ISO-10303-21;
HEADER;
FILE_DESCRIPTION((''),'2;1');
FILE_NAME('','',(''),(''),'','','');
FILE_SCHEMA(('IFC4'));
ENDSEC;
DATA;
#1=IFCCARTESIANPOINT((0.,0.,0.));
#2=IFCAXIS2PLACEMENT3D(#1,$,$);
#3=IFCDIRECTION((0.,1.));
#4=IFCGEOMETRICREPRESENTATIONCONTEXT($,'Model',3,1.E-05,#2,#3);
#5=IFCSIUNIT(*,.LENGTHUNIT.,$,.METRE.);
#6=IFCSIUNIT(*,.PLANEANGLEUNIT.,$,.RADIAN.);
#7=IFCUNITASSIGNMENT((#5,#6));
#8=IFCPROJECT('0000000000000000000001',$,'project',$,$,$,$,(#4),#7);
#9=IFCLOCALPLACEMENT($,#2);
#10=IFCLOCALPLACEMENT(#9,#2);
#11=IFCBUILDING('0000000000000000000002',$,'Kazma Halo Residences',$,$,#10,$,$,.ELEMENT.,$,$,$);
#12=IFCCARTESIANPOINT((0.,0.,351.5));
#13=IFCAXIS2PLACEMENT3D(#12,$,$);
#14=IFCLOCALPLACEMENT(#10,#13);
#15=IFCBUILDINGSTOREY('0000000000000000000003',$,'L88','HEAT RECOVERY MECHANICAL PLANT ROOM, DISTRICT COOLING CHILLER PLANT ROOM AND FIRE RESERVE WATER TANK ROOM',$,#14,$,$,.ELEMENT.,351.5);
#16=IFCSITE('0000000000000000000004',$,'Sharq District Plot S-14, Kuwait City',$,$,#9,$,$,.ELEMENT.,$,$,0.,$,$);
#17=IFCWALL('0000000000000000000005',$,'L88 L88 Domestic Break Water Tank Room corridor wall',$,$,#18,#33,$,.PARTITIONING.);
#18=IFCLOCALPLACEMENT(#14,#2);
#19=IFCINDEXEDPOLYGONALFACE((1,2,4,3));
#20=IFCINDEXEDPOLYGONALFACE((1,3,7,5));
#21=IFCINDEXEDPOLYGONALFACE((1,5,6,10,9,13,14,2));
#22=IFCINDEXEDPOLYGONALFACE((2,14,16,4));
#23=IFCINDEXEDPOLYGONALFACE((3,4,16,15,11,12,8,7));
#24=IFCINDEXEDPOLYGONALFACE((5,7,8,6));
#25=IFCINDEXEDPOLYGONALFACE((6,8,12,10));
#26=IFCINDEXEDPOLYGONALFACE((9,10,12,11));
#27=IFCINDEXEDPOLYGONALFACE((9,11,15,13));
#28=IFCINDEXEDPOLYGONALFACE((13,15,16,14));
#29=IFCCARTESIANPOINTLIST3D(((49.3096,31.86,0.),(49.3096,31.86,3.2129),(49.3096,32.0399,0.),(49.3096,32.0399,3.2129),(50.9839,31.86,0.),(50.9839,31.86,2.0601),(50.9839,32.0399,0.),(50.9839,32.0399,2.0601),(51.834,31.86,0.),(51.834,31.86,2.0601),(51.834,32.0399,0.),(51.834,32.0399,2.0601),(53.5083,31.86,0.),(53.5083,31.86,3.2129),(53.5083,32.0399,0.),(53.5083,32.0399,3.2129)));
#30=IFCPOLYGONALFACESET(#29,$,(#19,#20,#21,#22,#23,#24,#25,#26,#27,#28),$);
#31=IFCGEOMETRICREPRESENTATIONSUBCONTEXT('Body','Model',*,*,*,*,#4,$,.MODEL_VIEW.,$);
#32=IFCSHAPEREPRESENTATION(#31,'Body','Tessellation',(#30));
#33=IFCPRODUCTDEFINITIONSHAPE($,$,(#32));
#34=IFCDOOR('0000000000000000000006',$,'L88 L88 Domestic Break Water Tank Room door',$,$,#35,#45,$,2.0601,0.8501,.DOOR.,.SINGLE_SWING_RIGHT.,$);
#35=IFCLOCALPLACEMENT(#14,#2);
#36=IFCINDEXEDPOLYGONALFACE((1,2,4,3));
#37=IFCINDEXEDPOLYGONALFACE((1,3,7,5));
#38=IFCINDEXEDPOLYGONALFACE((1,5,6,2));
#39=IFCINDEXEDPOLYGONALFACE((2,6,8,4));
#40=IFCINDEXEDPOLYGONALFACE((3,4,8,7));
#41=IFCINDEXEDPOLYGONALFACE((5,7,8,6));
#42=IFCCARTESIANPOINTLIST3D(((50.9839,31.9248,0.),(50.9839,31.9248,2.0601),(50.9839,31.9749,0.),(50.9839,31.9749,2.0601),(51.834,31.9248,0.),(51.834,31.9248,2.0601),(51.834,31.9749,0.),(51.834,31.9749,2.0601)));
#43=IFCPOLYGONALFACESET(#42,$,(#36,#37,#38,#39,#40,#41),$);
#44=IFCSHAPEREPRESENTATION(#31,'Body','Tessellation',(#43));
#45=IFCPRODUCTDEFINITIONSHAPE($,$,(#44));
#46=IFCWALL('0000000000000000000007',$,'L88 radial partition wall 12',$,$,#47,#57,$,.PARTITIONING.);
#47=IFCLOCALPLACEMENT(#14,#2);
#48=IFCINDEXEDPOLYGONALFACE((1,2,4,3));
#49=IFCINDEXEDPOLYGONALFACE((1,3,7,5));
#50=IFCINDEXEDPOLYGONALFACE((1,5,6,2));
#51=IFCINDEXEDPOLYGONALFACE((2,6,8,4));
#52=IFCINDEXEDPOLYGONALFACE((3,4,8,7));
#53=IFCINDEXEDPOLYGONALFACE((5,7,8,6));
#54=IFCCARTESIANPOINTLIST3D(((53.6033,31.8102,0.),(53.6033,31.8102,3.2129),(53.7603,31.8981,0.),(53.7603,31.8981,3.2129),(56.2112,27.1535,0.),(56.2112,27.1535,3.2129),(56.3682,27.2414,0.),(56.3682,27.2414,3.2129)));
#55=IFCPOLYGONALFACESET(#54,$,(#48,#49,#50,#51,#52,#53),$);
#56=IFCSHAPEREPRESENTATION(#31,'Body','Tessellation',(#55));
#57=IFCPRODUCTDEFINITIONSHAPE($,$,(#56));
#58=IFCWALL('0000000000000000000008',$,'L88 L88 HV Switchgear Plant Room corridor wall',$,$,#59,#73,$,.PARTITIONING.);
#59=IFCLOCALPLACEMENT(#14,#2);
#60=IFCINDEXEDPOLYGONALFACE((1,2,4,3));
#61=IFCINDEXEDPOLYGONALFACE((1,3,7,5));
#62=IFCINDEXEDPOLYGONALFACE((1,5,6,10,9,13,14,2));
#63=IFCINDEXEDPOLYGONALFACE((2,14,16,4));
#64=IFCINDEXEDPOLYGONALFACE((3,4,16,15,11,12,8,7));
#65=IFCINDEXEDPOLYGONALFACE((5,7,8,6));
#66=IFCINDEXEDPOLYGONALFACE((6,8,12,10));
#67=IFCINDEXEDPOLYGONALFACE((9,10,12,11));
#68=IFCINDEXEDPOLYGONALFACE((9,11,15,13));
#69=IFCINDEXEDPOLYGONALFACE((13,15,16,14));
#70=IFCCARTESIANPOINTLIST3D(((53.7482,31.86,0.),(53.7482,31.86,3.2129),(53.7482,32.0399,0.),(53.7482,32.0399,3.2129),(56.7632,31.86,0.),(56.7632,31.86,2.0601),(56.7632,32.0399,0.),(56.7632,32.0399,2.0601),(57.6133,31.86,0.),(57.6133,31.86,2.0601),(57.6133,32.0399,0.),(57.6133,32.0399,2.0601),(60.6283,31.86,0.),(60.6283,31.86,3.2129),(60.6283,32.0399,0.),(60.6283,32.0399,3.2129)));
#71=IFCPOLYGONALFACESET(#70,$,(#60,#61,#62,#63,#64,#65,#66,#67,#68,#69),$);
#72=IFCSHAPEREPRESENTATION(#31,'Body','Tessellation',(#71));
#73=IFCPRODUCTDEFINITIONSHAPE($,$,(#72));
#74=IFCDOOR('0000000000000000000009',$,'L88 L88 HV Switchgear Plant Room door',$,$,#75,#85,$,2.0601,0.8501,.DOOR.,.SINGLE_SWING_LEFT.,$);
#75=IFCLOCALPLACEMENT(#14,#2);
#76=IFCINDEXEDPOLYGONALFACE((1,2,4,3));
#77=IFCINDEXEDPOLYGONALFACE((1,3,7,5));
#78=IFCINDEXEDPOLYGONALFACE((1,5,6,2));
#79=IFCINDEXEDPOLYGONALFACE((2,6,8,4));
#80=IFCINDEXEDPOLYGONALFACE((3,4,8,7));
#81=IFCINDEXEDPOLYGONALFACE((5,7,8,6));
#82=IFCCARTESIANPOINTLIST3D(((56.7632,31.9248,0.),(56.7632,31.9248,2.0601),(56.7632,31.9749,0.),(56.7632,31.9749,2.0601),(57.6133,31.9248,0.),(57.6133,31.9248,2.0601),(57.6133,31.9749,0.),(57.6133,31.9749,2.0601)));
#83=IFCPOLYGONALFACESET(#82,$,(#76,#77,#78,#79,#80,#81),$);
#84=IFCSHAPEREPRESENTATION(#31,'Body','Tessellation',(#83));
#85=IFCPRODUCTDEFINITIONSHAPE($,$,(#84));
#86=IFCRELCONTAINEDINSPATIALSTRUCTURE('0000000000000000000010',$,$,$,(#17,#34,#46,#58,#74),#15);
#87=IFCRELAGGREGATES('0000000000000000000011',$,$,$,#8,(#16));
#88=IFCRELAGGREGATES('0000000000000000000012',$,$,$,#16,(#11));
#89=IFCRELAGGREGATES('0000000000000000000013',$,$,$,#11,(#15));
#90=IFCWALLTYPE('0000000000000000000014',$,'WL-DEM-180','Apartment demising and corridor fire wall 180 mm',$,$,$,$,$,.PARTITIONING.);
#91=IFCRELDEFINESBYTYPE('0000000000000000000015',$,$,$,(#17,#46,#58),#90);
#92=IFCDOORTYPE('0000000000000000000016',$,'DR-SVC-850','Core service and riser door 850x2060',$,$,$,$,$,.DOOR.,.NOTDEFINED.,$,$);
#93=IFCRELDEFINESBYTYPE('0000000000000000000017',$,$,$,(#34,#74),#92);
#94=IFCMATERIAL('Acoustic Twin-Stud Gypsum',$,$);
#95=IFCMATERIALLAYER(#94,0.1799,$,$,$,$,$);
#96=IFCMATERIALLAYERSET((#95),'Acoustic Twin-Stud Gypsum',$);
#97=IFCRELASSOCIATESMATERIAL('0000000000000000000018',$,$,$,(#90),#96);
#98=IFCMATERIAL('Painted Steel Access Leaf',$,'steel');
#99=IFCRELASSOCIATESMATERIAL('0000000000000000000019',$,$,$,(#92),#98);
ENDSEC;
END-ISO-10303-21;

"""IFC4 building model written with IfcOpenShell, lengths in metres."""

from ifc_helpers import new_model, si_unit, direction, frame, frame_2d, origin, place, context, subcontext, project, spatial, rectangle, extrude, material, layer, layer_set, type_object, element, fill, save


model = new_model("IFC4")

# Units and contexts
model_context = context("Model", 3, precision=1e-05, world=origin(), true_north=direction((0.0, 1.0)))
body_context = subcontext(model_context, "Body", "Model", "MODEL_VIEW")
ifc_project = project(units=[si_unit("LENGTHUNIT", "METRE"), si_unit("PLANEANGLEUNIT", "RADIAN")], contexts=[model_context])

# Site, building, storey
site_placement = place(None, origin())
site = spatial("IfcSite", under=ifc_project, at=site_placement, Name="Sharq District Plot S-14, Kuwait City", CompositionType="ELEMENT", RefElevation=0.0)
building_placement = place(site_placement, origin())
building = spatial("IfcBuilding", under=site, at=building_placement, Name="Kazma Halo Residences", CompositionType="ELEMENT")
storey_placement = place(building_placement, frame((0.0, 0.0, 351.5)))
storey = spatial("IfcBuildingStorey", under=building, at=storey_placement, Name="L88", Description="HEAT RECOVERY MECHANICAL PLANT ROOM, DISTRICT COOLING CHILLER PLANT ROOM AND FIRE RESERVE WATER TANK ROOM", CompositionType="ELEMENT", Elevation=351.5)

# Shared definitions
ifc_material_1 = material(Name="Acoustic Twin-Stud Gypsum")
ifc_layer_1 = layer(ifc_material_1, 0.1799)
ifc_layer_set_1 = layer_set([ifc_layer_1], Name="Acoustic Twin-Stud Gypsum")
wall_type_1 = type_object("IfcWallType", Name="WL-DEM-180", Description="Apartment demising and corridor fire wall 180 mm", PredefinedType="PARTITIONING", material=ifc_layer_set_1)

# Wall, opening, door
wall_1_placement = place(storey_placement, frame((49.3096, 31.95, 0.0), z_axis=(0.0, 0.0, 1.0), x_axis=(1.0, 0.0, 0.0)))
wall_1 = element("IfcWall", 1, at=wall_1_placement, inside=storey, type_object=wall_type_1, Name="L88 L88 Domestic Break Water Tank Room corridor wall", PredefinedType="PARTITIONING", context=body_context, shape_type="SweptSolid", body=[
    extrude(rectangle(XDim=4.1987, YDim=0.1799, at=frame_2d((2.0994, 0.0))), origin(), (0.0, 0.0, 1.0), 3.2129),
])
opening_1_placement = place(wall_1_placement, frame((1.6743, 0.0, 0.0)))
opening_1 = element("IfcOpeningElement", 2, at=opening_1_placement, cuts=wall_1, PredefinedType="OPENING", context=body_context, shape_type="SweptSolid", body=[
    extrude(rectangle(XDim=0.8501, YDim=2.0601, at=frame_2d((0.425, 1.03))), frame((0.0, 0.0999, 0.0), z_axis=(0.0, -1.0, 0.0), x_axis=(1.0, 0.0, 0.0)), (0.0, 0.0, 1.0), 0.2),
])
ifc_material_2 = material(Name="Painted Steel Access Leaf", Category="steel")
door_type = type_object("IfcDoorType", Name="DR-SVC-850", Description="Core service and riser door 850x2060", OperationType="NOTDEFINED", PredefinedType="DOOR", material=ifc_material_2)
door_1_placement = place(opening_1_placement, origin())
door_1 = element("IfcDoor", 3, at=door_1_placement, inside=storey, type_object=door_type, Name="L88 L88 Domestic Break Water Tank Room door", OperationType="SINGLE_SWING_RIGHT", OverallHeight=2.0601, OverallWidth=0.8501, PredefinedType="DOOR", context=body_context, shape_type="SweptSolid", body=[
    extrude(rectangle(XDim=0.8501, YDim=2.0601, at=frame_2d((0.425, 1.03))), frame((0.0, 0.0249, 0.0), z_axis=(0.0, -1.0, 0.0), x_axis=(1.0, 0.0, 0.0)), (0.0, 0.0, 1.0), 0.05),
])
fill(opening_1, door_1)

# Wall
wall_2_placement = place(storey_placement, frame((53.6819, 31.854, 0.0), z_axis=(0.0, 0.0, 1.0), x_axis=(0.488623, -0.872495, 0.0)))
element("IfcWall", 4, at=wall_2_placement, inside=storey, type_object=wall_type_1, Name="L88 radial partition wall 12", PredefinedType="PARTITIONING", context=body_context, shape_type="SweptSolid", body=[
    extrude(rectangle(XDim=5.3372, YDim=0.1799, at=frame_2d((2.6685, 0.0))), origin(), (0.0, 0.0, 1.0), 3.2129),
])

# Wall, opening, door
wall_3_placement = place(storey_placement, frame((53.7483, 31.95, 0.0), z_axis=(0.0, 0.0, 1.0), x_axis=(1.0, 0.0, 0.0)))
wall_3 = element("IfcWall", 5, at=wall_3_placement, inside=storey, type_object=wall_type_1, Name="L88 L88 HV Switchgear Plant Room corridor wall", PredefinedType="PARTITIONING", context=body_context, shape_type="SweptSolid", body=[
    extrude(rectangle(XDim=6.8801, YDim=0.1799, at=frame_2d((3.4399, 0.0))), origin(), (0.0, 0.0, 1.0), 3.2129),
])
opening_2_placement = place(wall_3_placement, frame((3.0149, 0.0, 0.0)))
opening_2 = element("IfcOpeningElement", 6, at=opening_2_placement, cuts=wall_3, PredefinedType="OPENING", context=body_context, shape_type="SweptSolid", body=[
    extrude(rectangle(XDim=0.8501, YDim=2.0601, at=frame_2d((0.425, 1.03))), frame((0.0, 0.0999, 0.0), z_axis=(0.0, -1.0, 0.0), x_axis=(1.0, 0.0, 0.0)), (0.0, 0.0, 1.0), 0.2),
])
door_2_placement = place(opening_2_placement, origin())
door_2 = element("IfcDoor", 7, at=door_2_placement, inside=storey, type_object=door_type, Name="L88 L88 HV Switchgear Plant Room door", OperationType="SINGLE_SWING_LEFT", OverallHeight=2.0601, OverallWidth=0.8501, PredefinedType="DOOR", context=body_context, shape_type="SweptSolid", body=[
    extrude(rectangle(XDim=0.8501, YDim=2.0601, at=frame_2d((0.425, 1.03))), frame((0.0, 0.0249, 0.0), z_axis=(0.0, -1.0, 0.0), x_axis=(1.0, 0.0, 0.0)), (0.0, 0.0, 1.0), 0.05),
])
fill(opening_2, door_2)

save(model, "model.ifc")
